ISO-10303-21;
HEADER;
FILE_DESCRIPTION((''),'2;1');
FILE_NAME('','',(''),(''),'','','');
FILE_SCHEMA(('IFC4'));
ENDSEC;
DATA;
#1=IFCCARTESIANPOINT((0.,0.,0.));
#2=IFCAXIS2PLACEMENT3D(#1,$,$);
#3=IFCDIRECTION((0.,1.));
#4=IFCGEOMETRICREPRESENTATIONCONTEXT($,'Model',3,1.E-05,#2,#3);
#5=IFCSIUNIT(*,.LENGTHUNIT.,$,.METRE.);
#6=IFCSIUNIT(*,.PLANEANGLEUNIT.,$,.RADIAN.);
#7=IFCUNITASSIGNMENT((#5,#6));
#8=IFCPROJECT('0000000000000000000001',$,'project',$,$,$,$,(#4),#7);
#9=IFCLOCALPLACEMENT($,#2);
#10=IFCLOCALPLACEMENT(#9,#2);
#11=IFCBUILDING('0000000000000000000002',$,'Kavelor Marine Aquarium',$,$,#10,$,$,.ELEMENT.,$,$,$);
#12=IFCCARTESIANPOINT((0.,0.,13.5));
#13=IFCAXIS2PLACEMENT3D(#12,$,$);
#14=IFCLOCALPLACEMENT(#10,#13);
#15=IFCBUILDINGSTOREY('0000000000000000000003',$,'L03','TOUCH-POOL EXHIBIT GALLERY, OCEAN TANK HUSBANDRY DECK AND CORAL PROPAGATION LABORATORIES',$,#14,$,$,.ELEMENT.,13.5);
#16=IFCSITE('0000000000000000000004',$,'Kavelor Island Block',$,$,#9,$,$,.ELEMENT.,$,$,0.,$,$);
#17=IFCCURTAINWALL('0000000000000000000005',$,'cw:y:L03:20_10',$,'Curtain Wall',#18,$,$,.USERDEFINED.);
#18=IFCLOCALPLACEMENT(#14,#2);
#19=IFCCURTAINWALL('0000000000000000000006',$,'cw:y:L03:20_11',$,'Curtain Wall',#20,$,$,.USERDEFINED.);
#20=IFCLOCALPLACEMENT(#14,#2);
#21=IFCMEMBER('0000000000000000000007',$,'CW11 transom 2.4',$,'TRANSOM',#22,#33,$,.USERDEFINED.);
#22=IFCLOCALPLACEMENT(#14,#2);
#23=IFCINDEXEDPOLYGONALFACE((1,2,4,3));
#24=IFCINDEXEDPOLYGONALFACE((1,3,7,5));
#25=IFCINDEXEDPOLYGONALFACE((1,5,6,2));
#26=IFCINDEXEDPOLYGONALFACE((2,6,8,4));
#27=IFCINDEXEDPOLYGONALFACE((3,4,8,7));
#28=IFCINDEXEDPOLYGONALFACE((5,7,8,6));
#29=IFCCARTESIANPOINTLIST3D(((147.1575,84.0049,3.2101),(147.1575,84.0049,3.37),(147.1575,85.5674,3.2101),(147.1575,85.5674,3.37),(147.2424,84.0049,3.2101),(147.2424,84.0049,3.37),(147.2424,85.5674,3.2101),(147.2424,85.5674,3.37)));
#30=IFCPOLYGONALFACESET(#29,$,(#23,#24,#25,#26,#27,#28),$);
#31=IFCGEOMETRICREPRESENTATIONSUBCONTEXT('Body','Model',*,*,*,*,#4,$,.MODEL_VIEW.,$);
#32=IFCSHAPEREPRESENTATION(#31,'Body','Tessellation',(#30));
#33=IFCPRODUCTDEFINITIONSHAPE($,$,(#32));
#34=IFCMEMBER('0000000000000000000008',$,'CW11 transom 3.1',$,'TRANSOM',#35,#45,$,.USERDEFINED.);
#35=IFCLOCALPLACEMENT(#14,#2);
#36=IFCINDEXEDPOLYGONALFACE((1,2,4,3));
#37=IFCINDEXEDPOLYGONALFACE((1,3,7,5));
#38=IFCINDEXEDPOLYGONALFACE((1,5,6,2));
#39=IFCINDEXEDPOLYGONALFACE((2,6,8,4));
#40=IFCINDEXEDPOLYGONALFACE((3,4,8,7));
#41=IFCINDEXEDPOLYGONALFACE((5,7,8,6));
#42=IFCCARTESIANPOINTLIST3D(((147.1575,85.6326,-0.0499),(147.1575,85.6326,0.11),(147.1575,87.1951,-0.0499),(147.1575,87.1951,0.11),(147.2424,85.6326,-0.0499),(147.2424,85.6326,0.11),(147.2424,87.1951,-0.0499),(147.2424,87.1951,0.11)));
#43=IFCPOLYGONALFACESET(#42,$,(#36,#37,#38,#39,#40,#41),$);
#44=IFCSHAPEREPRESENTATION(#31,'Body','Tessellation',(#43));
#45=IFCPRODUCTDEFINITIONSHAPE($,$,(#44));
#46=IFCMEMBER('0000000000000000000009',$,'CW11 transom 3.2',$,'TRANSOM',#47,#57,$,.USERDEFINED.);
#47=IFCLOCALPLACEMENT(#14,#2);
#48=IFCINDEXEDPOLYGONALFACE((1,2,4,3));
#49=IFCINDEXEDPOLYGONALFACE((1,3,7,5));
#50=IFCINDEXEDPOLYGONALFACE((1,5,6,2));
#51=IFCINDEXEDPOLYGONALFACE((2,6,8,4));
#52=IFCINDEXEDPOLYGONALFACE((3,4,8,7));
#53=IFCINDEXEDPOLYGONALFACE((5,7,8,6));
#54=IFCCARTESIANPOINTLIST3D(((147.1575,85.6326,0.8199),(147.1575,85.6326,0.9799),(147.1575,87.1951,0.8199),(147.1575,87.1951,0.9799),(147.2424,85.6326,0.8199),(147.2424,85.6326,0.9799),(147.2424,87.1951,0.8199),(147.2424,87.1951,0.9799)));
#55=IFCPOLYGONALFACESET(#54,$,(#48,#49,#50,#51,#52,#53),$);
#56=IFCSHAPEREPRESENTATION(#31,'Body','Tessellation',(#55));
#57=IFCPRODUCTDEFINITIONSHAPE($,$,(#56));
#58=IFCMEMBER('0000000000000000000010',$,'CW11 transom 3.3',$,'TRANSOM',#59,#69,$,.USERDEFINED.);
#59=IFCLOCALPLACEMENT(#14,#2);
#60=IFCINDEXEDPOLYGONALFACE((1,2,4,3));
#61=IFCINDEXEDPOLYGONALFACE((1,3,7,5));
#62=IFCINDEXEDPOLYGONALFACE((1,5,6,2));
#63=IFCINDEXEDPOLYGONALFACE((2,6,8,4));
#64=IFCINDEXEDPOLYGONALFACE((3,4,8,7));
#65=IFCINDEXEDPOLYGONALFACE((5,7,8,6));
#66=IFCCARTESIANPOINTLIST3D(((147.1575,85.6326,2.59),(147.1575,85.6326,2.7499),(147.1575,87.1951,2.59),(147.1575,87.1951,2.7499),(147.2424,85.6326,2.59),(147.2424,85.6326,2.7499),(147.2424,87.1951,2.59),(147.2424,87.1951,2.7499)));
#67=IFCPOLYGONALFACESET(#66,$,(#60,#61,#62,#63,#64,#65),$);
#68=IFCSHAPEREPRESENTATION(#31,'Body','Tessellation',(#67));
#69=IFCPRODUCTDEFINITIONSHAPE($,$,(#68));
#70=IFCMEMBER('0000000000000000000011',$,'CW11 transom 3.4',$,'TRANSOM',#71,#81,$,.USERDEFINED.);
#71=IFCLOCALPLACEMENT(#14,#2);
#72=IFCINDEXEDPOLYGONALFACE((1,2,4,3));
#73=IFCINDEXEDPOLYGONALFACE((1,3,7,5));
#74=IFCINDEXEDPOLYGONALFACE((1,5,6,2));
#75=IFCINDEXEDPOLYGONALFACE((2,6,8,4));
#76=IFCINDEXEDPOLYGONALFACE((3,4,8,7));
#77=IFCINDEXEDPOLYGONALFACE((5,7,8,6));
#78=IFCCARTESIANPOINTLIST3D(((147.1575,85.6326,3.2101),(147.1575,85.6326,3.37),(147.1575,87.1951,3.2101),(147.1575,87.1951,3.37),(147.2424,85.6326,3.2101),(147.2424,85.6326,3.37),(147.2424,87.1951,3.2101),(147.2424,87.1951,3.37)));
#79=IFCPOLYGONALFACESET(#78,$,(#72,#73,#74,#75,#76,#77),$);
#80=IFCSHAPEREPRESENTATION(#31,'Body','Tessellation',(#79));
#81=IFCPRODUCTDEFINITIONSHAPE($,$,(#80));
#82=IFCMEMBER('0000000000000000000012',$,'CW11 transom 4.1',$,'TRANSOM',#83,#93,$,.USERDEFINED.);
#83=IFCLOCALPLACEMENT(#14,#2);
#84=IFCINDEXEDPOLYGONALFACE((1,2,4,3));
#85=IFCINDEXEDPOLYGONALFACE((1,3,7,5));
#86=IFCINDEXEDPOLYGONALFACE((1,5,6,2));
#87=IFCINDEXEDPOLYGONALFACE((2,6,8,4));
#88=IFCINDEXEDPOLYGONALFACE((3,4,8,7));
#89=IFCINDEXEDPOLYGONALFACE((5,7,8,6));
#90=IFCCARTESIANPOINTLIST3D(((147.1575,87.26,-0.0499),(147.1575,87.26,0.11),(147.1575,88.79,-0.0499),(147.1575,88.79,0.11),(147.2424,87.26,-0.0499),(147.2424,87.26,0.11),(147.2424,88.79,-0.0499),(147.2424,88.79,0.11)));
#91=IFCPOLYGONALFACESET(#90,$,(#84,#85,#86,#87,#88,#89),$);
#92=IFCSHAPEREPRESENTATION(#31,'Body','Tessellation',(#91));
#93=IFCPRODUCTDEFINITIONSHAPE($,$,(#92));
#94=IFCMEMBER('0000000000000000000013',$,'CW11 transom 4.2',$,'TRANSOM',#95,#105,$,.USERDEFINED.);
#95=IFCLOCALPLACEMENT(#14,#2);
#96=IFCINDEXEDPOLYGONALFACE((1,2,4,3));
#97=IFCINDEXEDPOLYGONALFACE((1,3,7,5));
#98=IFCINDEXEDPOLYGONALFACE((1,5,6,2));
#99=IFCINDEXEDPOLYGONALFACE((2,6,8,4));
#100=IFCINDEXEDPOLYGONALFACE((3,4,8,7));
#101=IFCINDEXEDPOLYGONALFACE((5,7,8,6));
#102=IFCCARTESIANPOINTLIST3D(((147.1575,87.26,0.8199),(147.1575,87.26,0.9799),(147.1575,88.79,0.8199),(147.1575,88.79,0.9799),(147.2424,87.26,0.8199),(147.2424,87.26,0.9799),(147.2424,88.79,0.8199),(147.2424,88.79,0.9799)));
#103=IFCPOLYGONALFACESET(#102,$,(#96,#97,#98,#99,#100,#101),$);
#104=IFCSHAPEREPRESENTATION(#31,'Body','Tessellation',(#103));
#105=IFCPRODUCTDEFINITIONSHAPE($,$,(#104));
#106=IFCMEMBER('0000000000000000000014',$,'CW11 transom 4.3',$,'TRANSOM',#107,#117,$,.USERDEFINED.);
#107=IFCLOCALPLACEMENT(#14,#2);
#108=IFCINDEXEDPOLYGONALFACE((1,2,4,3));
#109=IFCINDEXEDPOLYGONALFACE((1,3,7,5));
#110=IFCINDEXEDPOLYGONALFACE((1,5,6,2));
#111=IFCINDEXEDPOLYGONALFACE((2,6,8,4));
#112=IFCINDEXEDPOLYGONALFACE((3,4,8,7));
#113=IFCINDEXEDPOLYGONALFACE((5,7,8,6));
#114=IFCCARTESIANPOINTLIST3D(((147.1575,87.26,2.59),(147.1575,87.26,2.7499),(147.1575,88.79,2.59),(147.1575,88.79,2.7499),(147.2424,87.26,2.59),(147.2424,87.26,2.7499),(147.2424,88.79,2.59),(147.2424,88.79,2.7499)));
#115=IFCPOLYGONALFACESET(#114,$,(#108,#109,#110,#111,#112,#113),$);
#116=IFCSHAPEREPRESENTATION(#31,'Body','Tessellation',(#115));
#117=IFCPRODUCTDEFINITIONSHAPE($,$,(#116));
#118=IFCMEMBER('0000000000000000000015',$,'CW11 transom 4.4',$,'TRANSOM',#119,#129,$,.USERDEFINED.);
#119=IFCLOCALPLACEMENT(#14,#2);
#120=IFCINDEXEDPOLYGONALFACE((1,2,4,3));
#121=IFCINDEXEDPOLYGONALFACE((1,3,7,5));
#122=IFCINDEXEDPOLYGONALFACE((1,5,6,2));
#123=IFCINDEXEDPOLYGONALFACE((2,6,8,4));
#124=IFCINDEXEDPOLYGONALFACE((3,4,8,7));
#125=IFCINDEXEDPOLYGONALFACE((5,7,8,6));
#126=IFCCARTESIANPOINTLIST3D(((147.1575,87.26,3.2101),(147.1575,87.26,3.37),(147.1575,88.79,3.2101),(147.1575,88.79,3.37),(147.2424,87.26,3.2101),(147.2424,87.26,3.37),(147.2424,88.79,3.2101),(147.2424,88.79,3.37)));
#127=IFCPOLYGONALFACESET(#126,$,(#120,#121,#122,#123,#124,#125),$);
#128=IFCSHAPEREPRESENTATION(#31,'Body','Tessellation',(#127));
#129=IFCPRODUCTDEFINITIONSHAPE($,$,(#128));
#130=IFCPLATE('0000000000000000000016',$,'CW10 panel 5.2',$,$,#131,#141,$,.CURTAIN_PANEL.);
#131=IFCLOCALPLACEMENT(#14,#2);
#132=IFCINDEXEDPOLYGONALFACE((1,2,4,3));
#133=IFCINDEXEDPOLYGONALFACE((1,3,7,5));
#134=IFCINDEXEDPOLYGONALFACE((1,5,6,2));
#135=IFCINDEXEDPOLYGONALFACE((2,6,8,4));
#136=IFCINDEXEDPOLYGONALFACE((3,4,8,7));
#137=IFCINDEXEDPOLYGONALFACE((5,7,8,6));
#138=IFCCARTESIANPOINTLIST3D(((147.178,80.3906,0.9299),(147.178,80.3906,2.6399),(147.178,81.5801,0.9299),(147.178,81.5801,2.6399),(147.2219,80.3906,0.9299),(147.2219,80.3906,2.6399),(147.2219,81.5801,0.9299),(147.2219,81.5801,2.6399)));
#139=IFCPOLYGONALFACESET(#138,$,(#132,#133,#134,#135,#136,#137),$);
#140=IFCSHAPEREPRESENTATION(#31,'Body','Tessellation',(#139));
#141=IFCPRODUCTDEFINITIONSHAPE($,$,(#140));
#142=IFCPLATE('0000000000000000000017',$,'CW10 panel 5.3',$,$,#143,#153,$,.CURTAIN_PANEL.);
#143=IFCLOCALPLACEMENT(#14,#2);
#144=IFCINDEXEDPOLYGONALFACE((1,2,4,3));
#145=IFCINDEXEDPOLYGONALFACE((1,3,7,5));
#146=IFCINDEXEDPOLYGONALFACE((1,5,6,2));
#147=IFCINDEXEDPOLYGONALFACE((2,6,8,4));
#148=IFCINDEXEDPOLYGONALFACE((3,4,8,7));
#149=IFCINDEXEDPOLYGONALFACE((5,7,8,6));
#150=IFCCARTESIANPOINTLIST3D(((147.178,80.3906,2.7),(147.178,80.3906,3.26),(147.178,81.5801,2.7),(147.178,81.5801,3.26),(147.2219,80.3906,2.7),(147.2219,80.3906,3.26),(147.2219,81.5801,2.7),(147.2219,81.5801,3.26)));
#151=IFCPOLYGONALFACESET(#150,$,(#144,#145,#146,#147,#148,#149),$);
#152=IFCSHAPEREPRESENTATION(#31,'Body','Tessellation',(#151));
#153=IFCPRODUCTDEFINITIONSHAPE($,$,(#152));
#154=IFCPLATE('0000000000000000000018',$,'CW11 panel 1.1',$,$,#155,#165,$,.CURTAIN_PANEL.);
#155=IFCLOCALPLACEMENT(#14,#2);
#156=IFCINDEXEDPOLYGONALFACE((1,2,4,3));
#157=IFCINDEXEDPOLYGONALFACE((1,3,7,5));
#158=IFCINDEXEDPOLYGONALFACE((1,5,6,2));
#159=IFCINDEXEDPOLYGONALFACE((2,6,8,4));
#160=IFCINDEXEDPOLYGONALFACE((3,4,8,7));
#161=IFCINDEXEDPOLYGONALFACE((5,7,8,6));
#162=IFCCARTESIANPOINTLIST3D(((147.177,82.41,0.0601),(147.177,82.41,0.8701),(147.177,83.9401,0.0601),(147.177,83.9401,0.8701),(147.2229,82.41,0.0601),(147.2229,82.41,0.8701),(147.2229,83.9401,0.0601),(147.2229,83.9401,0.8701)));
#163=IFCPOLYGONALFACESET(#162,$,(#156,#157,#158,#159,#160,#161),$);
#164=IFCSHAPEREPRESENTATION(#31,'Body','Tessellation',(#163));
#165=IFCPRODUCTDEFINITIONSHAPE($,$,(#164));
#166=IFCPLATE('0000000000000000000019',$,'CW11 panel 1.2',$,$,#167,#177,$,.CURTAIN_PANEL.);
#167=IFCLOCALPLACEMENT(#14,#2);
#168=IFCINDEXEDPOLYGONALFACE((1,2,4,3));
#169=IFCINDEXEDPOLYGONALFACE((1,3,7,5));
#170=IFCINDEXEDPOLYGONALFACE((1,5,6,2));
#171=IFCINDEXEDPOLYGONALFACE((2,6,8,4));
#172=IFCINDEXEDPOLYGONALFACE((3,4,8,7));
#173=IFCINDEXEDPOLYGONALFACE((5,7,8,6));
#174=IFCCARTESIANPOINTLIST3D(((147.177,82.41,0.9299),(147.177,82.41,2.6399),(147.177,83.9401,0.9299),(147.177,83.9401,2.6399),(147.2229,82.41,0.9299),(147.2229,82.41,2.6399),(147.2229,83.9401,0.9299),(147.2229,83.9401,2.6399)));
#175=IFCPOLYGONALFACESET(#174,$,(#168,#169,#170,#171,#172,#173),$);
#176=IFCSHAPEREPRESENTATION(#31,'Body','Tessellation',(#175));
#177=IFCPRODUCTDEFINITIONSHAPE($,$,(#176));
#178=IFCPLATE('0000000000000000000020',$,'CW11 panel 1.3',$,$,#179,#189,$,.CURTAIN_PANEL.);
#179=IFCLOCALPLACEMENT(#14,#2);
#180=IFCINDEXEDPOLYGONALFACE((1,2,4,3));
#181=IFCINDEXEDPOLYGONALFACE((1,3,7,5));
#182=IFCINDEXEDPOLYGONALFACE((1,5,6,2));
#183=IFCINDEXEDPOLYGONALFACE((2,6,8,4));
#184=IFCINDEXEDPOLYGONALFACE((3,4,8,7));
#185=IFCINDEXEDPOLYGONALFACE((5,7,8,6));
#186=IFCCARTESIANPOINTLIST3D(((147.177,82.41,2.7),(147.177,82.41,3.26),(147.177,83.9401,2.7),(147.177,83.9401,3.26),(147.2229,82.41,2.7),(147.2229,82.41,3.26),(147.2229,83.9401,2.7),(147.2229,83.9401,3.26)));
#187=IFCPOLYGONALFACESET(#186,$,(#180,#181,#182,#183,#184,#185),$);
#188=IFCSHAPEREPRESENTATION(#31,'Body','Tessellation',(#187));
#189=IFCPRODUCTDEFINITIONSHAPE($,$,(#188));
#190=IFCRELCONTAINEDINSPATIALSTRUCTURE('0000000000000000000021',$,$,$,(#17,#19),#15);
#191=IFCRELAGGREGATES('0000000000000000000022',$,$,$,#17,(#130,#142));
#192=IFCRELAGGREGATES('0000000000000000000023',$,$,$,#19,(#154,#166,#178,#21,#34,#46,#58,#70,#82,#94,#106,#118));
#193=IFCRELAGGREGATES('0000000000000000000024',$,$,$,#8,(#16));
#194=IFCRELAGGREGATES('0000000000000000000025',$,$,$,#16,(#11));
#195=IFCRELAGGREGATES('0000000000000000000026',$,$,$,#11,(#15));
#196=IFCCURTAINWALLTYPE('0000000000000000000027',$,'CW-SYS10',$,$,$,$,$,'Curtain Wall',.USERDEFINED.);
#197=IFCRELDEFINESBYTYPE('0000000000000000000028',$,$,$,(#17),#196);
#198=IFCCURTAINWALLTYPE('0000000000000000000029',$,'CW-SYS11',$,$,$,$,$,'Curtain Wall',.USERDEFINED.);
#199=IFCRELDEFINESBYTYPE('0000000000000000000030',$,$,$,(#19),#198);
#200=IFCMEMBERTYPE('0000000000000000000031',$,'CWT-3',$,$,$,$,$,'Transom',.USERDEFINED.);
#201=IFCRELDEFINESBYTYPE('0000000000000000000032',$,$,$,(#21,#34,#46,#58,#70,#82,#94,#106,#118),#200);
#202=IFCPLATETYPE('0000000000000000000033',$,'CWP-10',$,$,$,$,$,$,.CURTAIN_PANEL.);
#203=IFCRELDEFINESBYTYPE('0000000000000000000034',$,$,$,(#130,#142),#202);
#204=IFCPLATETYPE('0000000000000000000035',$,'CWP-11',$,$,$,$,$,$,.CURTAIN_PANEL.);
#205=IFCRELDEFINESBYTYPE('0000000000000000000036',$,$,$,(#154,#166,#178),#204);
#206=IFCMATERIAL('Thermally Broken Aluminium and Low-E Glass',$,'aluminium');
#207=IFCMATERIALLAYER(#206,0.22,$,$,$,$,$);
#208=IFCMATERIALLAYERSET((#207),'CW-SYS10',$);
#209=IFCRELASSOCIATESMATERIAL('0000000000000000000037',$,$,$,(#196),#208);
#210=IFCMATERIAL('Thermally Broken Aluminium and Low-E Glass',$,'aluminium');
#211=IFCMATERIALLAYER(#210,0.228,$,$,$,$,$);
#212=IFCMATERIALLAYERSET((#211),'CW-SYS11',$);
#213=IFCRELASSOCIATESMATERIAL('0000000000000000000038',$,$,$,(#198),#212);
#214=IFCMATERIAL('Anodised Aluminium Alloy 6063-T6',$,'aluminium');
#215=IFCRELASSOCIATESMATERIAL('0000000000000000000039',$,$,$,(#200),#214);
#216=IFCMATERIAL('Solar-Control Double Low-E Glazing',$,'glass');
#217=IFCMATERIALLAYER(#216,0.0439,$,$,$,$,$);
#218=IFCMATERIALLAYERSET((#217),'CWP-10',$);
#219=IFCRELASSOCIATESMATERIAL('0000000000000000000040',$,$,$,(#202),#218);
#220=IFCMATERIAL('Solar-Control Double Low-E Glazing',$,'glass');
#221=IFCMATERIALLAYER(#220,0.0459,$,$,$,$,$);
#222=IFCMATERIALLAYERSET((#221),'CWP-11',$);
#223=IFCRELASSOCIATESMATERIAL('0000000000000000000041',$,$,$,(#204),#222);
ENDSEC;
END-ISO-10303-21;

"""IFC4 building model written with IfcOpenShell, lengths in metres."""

from ifc_helpers import new_model, si_unit, direction, frame, origin, origin_2d, place, context, subcontext, project, spatial, rectangle, extrude, material, layer, layer_set, material_profile, profile_set, type_object, element, aggregate, save


model = new_model("IFC4")

# Units and contexts
model_context = context("Model", 3, precision=1e-05, world=origin(), true_north=direction((0.0, 1.0)))
body_context = subcontext(model_context, "Body", "Model", "MODEL_VIEW")
ifc_project = project(units=[si_unit("LENGTHUNIT", "METRE"), si_unit("PLANEANGLEUNIT", "RADIAN")], contexts=[model_context])

# Site, building, storey
site_placement = place(None, origin())
site = spatial("IfcSite", under=ifc_project, at=site_placement, Name="Kavelor Island Block", CompositionType="ELEMENT", RefElevation=0.0)
building_placement = place(site_placement, origin())
building = spatial("IfcBuilding", under=site, at=building_placement, Name="Kavelor Marine Aquarium", CompositionType="ELEMENT")
storey_placement = place(building_placement, frame((0.0, 0.0, 13.5)))
storey = spatial("IfcBuildingStorey", under=building, at=storey_placement, Name="L03", Description="TOUCH-POOL EXHIBIT GALLERY, OCEAN TANK HUSBANDRY DECK AND CORAL PROPAGATION LABORATORIES", CompositionType="ELEMENT", Elevation=13.5)

# Curtain wall
ifc_material_1 = material(Name="Thermally Broken Aluminium and Low-E Glass", Category="aluminium")
ifc_layer_1 = layer(ifc_material_1, 0.22)
ifc_layer_set_1 = layer_set([ifc_layer_1], Name="CW-SYS10")
curtain_wall_type_1 = type_object("IfcCurtainWallType", Name="CW-SYS10", ElementType="Curtain Wall", PredefinedType="USERDEFINED", material=ifc_layer_set_1)
curtain_wall_1_placement = place(storey_placement, origin())
curtain_wall_1 = element("IfcCurtainWall", 1, at=curtain_wall_1_placement, inside=storey, type_object=curtain_wall_type_1, Name="cw:y:L03:20_10", ObjectType="Curtain Wall", PredefinedType="USERDEFINED")

# Curtain wall, members
ifc_material_2 = material(Name="Thermally Broken Aluminium and Low-E Glass", Category="aluminium")
ifc_layer_2 = layer(ifc_material_2, 0.228)
ifc_layer_set_2 = layer_set([ifc_layer_2], Name="CW-SYS11")
curtain_wall_type_2 = type_object("IfcCurtainWallType", Name="CW-SYS11", ElementType="Curtain Wall", PredefinedType="USERDEFINED", material=ifc_layer_set_2)
curtain_wall_2_placement = place(storey_placement, origin())
curtain_wall_2 = element("IfcCurtainWall", 2, at=curtain_wall_2_placement, inside=storey, type_object=curtain_wall_type_2, Name="cw:y:L03:20_11", ObjectType="Curtain Wall", PredefinedType="USERDEFINED")
ifc_material_3 = material(Name="Anodised Aluminium Alloy 6063-T6", Category="aluminium")
ifc_material_profile_1 = material_profile(ifc_material_3, rectangle(XDim=0.085, YDim=0.1599, at=origin_2d()), Name="CW-TRN 85x160")
ifc_profile_set_1 = profile_set([ifc_material_profile_1], Name="Anodised Aluminium Alloy 6063-T6")
member_type_1 = type_object("IfcMemberType", Name="CWT-3", ElementType="Transom", PredefinedType="USERDEFINED", material=ifc_profile_set_1)
member_1_placement = place(storey_placement, frame((147.2, 84.0049, 3.29), z_axis=(0.0, 1.0, 0.0), x_axis=(-1.0, 0.0, 0.0)))
member_1 = element("IfcMember", 3, at=member_1_placement, type_object=member_type_1, Name="CW11 transom 2.4", ObjectType="TRANSOM", PredefinedType="USERDEFINED", context=body_context, shape_type="SweptSolid", body=[
    extrude(rectangle(XDim=0.085, YDim=0.1599, at=origin_2d()), origin(), (0.0, 0.0, 1.0), 1.5625),
])
member_2_placement = place(storey_placement, frame((147.2, 85.6326, 0.03), z_axis=(0.0, 1.0, 0.0), x_axis=(-1.0, 0.0, 0.0)))
member_2 = element("IfcMember", 4, at=member_2_placement, type_object=member_type_1, Name="CW11 transom 3.1", ObjectType="TRANSOM", PredefinedType="USERDEFINED", context=body_context, shape_type="SweptSolid", body=[
    extrude(rectangle(XDim=0.085, YDim=0.1599, at=origin_2d()), origin(), (0.0, 0.0, 1.0), 1.5625),
])
member_3_placement = place(storey_placement, frame((147.2, 85.6326, 0.8999), z_axis=(0.0, 1.0, 0.0), x_axis=(-1.0, 0.0, 0.0)))
member_3 = element("IfcMember", 5, at=member_3_placement, type_object=member_type_1, Name="CW11 transom 3.2", ObjectType="TRANSOM", PredefinedType="USERDEFINED", context=body_context, shape_type="SweptSolid", body=[
    extrude(rectangle(XDim=0.085, YDim=0.1599, at=origin_2d()), origin(), (0.0, 0.0, 1.0), 1.5625),
])
member_4_placement = place(storey_placement, frame((147.2, 85.6326, 2.6699), z_axis=(0.0, 1.0, 0.0), x_axis=(-1.0, 0.0, 0.0)))
member_4 = element("IfcMember", 6, at=member_4_placement, type_object=member_type_1, Name="CW11 transom 3.3", ObjectType="TRANSOM", PredefinedType="USERDEFINED", context=body_context, shape_type="SweptSolid", body=[
    extrude(rectangle(XDim=0.085, YDim=0.1599, at=origin_2d()), origin(), (0.0, 0.0, 1.0), 1.5625),
])
member_5_placement = place(storey_placement, frame((147.2, 85.6326, 3.29), z_axis=(0.0, 1.0, 0.0), x_axis=(-1.0, 0.0, 0.0)))
member_5 = element("IfcMember", 7, at=member_5_placement, type_object=member_type_1, Name="CW11 transom 3.4", ObjectType="TRANSOM", PredefinedType="USERDEFINED", context=body_context, shape_type="SweptSolid", body=[
    extrude(rectangle(XDim=0.085, YDim=0.1599, at=origin_2d()), origin(), (0.0, 0.0, 1.0), 1.5625),
])
member_6_placement = place(storey_placement, frame((147.2, 87.26, 0.03), z_axis=(0.0, 1.0, 0.0), x_axis=(-1.0, 0.0, 0.0)))
member_6 = element("IfcMember", 8, at=member_6_placement, type_object=member_type_1, Name="CW11 transom 4.1", ObjectType="TRANSOM", PredefinedType="USERDEFINED", context=body_context, shape_type="SweptSolid", body=[
    extrude(rectangle(XDim=0.085, YDim=0.1599, at=origin_2d()), origin(), (0.0, 0.0, 1.0), 1.53),
])
member_7_placement = place(storey_placement, frame((147.2, 87.26, 0.8999), z_axis=(0.0, 1.0, 0.0), x_axis=(-1.0, 0.0, 0.0)))
member_7 = element("IfcMember", 9, at=member_7_placement, type_object=member_type_1, Name="CW11 transom 4.2", ObjectType="TRANSOM", PredefinedType="USERDEFINED", context=body_context, shape_type="SweptSolid", body=[
    extrude(rectangle(XDim=0.085, YDim=0.1599, at=origin_2d()), origin(), (0.0, 0.0, 1.0), 1.53),
])
member_8_placement = place(storey_placement, frame((147.2, 87.26, 2.6699), z_axis=(0.0, 1.0, 0.0), x_axis=(-1.0, 0.0, 0.0)))
member_8 = element("IfcMember", 10, at=member_8_placement, type_object=member_type_1, Name="CW11 transom 4.3", ObjectType="TRANSOM", PredefinedType="USERDEFINED", context=body_context, shape_type="SweptSolid", body=[
    extrude(rectangle(XDim=0.085, YDim=0.1599, at=origin_2d()), origin(), (0.0, 0.0, 1.0), 1.53),
])
member_9_placement = place(storey_placement, frame((147.2, 87.26, 3.29), z_axis=(0.0, 1.0, 0.0), x_axis=(-1.0, 0.0, 0.0)))
member_9 = element("IfcMember", 11, at=member_9_placement, type_object=member_type_1, Name="CW11 transom 4.4", ObjectType="TRANSOM", PredefinedType="USERDEFINED", context=body_context, shape_type="SweptSolid", body=[
    extrude(rectangle(XDim=0.085, YDim=0.1599, at=origin_2d()), origin(), (0.0, 0.0, 1.0), 1.53),
])

# Plates
ifc_material_4 = material(Name="Solar-Control Double Low-E Glazing", Category="glass")
ifc_layer_3 = layer(ifc_material_4, 0.0439)
ifc_layer_set_3 = layer_set([ifc_layer_3], Name="CWP-10")
plate_type_1 = type_object("IfcPlateType", Name="CWP-10", PredefinedType="CURTAIN_PANEL", material=ifc_layer_set_3)
plate_1_placement = place(storey_placement, frame((147.2, 80.9854, 0.9299), z_axis=(0.0, 0.0, 1.0), x_axis=(0.0, 1.0, 0.0)))
plate_1 = element("IfcPlate", 12, at=plate_1_placement, type_object=plate_type_1, Name="CW10 panel 5.2", PredefinedType="CURTAIN_PANEL", context=body_context, shape_type="SweptSolid", body=[
    extrude(rectangle(XDim=1.1895, YDim=0.0439, at=origin_2d()), origin(), (0.0, 0.0, 1.0), 1.71),
])
plate_2_placement = place(storey_placement, frame((147.2, 80.9854, 2.7), z_axis=(0.0, 0.0, 1.0), x_axis=(0.0, 1.0, 0.0)))
plate_2 = element("IfcPlate", 13, at=plate_2_placement, type_object=plate_type_1, Name="CW10 panel 5.3", PredefinedType="CURTAIN_PANEL", context=body_context, shape_type="SweptSolid", body=[
    extrude(rectangle(XDim=1.1895, YDim=0.0439, at=origin_2d()), origin(), (0.0, 0.0, 1.0), 0.5601),
])
aggregate(curtain_wall_1, [plate_1, plate_2])
ifc_material_5 = material(Name="Solar-Control Double Low-E Glazing", Category="glass")
ifc_layer_4 = layer(ifc_material_5, 0.0459)
ifc_layer_set_4 = layer_set([ifc_layer_4], Name="CWP-11")
plate_type_2 = type_object("IfcPlateType", Name="CWP-11", PredefinedType="CURTAIN_PANEL", material=ifc_layer_set_4)
plate_3_placement = place(storey_placement, frame((147.2, 83.175, 0.0601), z_axis=(0.0, 0.0, 1.0), x_axis=(0.0, 1.0, 0.0)))
plate_3 = element("IfcPlate", 14, at=plate_3_placement, type_object=plate_type_2, Name="CW11 panel 1.1", PredefinedType="CURTAIN_PANEL", context=body_context, shape_type="SweptSolid", body=[
    extrude(rectangle(XDim=1.53, YDim=0.0459, at=origin_2d()), origin(), (0.0, 0.0, 1.0), 0.8101),
])
plate_4_placement = place(storey_placement, frame((147.2, 83.175, 0.9299), z_axis=(0.0, 0.0, 1.0), x_axis=(0.0, 1.0, 0.0)))
plate_4 = element("IfcPlate", 15, at=plate_4_placement, type_object=plate_type_2, Name="CW11 panel 1.2", PredefinedType="CURTAIN_PANEL", context=body_context, shape_type="SweptSolid", body=[
    extrude(rectangle(XDim=1.53, YDim=0.0459, at=origin_2d()), origin(), (0.0, 0.0, 1.0), 1.71),
])
plate_5_placement = place(storey_placement, frame((147.2, 83.175, 2.7), z_axis=(0.0, 0.0, 1.0), x_axis=(0.0, 1.0, 0.0)))
plate_5 = element("IfcPlate", 16, at=plate_5_placement, type_object=plate_type_2, Name="CW11 panel 1.3", PredefinedType="CURTAIN_PANEL", context=body_context, shape_type="SweptSolid", body=[
    extrude(rectangle(XDim=1.53, YDim=0.0459, at=origin_2d()), origin(), (0.0, 0.0, 1.0), 0.5601),
])
aggregate(curtain_wall_2, [plate_3, plate_4, plate_5, member_1, member_2, member_3, member_4, member_5, member_6, member_7, member_8, member_9])

save(model, "model.ifc")
